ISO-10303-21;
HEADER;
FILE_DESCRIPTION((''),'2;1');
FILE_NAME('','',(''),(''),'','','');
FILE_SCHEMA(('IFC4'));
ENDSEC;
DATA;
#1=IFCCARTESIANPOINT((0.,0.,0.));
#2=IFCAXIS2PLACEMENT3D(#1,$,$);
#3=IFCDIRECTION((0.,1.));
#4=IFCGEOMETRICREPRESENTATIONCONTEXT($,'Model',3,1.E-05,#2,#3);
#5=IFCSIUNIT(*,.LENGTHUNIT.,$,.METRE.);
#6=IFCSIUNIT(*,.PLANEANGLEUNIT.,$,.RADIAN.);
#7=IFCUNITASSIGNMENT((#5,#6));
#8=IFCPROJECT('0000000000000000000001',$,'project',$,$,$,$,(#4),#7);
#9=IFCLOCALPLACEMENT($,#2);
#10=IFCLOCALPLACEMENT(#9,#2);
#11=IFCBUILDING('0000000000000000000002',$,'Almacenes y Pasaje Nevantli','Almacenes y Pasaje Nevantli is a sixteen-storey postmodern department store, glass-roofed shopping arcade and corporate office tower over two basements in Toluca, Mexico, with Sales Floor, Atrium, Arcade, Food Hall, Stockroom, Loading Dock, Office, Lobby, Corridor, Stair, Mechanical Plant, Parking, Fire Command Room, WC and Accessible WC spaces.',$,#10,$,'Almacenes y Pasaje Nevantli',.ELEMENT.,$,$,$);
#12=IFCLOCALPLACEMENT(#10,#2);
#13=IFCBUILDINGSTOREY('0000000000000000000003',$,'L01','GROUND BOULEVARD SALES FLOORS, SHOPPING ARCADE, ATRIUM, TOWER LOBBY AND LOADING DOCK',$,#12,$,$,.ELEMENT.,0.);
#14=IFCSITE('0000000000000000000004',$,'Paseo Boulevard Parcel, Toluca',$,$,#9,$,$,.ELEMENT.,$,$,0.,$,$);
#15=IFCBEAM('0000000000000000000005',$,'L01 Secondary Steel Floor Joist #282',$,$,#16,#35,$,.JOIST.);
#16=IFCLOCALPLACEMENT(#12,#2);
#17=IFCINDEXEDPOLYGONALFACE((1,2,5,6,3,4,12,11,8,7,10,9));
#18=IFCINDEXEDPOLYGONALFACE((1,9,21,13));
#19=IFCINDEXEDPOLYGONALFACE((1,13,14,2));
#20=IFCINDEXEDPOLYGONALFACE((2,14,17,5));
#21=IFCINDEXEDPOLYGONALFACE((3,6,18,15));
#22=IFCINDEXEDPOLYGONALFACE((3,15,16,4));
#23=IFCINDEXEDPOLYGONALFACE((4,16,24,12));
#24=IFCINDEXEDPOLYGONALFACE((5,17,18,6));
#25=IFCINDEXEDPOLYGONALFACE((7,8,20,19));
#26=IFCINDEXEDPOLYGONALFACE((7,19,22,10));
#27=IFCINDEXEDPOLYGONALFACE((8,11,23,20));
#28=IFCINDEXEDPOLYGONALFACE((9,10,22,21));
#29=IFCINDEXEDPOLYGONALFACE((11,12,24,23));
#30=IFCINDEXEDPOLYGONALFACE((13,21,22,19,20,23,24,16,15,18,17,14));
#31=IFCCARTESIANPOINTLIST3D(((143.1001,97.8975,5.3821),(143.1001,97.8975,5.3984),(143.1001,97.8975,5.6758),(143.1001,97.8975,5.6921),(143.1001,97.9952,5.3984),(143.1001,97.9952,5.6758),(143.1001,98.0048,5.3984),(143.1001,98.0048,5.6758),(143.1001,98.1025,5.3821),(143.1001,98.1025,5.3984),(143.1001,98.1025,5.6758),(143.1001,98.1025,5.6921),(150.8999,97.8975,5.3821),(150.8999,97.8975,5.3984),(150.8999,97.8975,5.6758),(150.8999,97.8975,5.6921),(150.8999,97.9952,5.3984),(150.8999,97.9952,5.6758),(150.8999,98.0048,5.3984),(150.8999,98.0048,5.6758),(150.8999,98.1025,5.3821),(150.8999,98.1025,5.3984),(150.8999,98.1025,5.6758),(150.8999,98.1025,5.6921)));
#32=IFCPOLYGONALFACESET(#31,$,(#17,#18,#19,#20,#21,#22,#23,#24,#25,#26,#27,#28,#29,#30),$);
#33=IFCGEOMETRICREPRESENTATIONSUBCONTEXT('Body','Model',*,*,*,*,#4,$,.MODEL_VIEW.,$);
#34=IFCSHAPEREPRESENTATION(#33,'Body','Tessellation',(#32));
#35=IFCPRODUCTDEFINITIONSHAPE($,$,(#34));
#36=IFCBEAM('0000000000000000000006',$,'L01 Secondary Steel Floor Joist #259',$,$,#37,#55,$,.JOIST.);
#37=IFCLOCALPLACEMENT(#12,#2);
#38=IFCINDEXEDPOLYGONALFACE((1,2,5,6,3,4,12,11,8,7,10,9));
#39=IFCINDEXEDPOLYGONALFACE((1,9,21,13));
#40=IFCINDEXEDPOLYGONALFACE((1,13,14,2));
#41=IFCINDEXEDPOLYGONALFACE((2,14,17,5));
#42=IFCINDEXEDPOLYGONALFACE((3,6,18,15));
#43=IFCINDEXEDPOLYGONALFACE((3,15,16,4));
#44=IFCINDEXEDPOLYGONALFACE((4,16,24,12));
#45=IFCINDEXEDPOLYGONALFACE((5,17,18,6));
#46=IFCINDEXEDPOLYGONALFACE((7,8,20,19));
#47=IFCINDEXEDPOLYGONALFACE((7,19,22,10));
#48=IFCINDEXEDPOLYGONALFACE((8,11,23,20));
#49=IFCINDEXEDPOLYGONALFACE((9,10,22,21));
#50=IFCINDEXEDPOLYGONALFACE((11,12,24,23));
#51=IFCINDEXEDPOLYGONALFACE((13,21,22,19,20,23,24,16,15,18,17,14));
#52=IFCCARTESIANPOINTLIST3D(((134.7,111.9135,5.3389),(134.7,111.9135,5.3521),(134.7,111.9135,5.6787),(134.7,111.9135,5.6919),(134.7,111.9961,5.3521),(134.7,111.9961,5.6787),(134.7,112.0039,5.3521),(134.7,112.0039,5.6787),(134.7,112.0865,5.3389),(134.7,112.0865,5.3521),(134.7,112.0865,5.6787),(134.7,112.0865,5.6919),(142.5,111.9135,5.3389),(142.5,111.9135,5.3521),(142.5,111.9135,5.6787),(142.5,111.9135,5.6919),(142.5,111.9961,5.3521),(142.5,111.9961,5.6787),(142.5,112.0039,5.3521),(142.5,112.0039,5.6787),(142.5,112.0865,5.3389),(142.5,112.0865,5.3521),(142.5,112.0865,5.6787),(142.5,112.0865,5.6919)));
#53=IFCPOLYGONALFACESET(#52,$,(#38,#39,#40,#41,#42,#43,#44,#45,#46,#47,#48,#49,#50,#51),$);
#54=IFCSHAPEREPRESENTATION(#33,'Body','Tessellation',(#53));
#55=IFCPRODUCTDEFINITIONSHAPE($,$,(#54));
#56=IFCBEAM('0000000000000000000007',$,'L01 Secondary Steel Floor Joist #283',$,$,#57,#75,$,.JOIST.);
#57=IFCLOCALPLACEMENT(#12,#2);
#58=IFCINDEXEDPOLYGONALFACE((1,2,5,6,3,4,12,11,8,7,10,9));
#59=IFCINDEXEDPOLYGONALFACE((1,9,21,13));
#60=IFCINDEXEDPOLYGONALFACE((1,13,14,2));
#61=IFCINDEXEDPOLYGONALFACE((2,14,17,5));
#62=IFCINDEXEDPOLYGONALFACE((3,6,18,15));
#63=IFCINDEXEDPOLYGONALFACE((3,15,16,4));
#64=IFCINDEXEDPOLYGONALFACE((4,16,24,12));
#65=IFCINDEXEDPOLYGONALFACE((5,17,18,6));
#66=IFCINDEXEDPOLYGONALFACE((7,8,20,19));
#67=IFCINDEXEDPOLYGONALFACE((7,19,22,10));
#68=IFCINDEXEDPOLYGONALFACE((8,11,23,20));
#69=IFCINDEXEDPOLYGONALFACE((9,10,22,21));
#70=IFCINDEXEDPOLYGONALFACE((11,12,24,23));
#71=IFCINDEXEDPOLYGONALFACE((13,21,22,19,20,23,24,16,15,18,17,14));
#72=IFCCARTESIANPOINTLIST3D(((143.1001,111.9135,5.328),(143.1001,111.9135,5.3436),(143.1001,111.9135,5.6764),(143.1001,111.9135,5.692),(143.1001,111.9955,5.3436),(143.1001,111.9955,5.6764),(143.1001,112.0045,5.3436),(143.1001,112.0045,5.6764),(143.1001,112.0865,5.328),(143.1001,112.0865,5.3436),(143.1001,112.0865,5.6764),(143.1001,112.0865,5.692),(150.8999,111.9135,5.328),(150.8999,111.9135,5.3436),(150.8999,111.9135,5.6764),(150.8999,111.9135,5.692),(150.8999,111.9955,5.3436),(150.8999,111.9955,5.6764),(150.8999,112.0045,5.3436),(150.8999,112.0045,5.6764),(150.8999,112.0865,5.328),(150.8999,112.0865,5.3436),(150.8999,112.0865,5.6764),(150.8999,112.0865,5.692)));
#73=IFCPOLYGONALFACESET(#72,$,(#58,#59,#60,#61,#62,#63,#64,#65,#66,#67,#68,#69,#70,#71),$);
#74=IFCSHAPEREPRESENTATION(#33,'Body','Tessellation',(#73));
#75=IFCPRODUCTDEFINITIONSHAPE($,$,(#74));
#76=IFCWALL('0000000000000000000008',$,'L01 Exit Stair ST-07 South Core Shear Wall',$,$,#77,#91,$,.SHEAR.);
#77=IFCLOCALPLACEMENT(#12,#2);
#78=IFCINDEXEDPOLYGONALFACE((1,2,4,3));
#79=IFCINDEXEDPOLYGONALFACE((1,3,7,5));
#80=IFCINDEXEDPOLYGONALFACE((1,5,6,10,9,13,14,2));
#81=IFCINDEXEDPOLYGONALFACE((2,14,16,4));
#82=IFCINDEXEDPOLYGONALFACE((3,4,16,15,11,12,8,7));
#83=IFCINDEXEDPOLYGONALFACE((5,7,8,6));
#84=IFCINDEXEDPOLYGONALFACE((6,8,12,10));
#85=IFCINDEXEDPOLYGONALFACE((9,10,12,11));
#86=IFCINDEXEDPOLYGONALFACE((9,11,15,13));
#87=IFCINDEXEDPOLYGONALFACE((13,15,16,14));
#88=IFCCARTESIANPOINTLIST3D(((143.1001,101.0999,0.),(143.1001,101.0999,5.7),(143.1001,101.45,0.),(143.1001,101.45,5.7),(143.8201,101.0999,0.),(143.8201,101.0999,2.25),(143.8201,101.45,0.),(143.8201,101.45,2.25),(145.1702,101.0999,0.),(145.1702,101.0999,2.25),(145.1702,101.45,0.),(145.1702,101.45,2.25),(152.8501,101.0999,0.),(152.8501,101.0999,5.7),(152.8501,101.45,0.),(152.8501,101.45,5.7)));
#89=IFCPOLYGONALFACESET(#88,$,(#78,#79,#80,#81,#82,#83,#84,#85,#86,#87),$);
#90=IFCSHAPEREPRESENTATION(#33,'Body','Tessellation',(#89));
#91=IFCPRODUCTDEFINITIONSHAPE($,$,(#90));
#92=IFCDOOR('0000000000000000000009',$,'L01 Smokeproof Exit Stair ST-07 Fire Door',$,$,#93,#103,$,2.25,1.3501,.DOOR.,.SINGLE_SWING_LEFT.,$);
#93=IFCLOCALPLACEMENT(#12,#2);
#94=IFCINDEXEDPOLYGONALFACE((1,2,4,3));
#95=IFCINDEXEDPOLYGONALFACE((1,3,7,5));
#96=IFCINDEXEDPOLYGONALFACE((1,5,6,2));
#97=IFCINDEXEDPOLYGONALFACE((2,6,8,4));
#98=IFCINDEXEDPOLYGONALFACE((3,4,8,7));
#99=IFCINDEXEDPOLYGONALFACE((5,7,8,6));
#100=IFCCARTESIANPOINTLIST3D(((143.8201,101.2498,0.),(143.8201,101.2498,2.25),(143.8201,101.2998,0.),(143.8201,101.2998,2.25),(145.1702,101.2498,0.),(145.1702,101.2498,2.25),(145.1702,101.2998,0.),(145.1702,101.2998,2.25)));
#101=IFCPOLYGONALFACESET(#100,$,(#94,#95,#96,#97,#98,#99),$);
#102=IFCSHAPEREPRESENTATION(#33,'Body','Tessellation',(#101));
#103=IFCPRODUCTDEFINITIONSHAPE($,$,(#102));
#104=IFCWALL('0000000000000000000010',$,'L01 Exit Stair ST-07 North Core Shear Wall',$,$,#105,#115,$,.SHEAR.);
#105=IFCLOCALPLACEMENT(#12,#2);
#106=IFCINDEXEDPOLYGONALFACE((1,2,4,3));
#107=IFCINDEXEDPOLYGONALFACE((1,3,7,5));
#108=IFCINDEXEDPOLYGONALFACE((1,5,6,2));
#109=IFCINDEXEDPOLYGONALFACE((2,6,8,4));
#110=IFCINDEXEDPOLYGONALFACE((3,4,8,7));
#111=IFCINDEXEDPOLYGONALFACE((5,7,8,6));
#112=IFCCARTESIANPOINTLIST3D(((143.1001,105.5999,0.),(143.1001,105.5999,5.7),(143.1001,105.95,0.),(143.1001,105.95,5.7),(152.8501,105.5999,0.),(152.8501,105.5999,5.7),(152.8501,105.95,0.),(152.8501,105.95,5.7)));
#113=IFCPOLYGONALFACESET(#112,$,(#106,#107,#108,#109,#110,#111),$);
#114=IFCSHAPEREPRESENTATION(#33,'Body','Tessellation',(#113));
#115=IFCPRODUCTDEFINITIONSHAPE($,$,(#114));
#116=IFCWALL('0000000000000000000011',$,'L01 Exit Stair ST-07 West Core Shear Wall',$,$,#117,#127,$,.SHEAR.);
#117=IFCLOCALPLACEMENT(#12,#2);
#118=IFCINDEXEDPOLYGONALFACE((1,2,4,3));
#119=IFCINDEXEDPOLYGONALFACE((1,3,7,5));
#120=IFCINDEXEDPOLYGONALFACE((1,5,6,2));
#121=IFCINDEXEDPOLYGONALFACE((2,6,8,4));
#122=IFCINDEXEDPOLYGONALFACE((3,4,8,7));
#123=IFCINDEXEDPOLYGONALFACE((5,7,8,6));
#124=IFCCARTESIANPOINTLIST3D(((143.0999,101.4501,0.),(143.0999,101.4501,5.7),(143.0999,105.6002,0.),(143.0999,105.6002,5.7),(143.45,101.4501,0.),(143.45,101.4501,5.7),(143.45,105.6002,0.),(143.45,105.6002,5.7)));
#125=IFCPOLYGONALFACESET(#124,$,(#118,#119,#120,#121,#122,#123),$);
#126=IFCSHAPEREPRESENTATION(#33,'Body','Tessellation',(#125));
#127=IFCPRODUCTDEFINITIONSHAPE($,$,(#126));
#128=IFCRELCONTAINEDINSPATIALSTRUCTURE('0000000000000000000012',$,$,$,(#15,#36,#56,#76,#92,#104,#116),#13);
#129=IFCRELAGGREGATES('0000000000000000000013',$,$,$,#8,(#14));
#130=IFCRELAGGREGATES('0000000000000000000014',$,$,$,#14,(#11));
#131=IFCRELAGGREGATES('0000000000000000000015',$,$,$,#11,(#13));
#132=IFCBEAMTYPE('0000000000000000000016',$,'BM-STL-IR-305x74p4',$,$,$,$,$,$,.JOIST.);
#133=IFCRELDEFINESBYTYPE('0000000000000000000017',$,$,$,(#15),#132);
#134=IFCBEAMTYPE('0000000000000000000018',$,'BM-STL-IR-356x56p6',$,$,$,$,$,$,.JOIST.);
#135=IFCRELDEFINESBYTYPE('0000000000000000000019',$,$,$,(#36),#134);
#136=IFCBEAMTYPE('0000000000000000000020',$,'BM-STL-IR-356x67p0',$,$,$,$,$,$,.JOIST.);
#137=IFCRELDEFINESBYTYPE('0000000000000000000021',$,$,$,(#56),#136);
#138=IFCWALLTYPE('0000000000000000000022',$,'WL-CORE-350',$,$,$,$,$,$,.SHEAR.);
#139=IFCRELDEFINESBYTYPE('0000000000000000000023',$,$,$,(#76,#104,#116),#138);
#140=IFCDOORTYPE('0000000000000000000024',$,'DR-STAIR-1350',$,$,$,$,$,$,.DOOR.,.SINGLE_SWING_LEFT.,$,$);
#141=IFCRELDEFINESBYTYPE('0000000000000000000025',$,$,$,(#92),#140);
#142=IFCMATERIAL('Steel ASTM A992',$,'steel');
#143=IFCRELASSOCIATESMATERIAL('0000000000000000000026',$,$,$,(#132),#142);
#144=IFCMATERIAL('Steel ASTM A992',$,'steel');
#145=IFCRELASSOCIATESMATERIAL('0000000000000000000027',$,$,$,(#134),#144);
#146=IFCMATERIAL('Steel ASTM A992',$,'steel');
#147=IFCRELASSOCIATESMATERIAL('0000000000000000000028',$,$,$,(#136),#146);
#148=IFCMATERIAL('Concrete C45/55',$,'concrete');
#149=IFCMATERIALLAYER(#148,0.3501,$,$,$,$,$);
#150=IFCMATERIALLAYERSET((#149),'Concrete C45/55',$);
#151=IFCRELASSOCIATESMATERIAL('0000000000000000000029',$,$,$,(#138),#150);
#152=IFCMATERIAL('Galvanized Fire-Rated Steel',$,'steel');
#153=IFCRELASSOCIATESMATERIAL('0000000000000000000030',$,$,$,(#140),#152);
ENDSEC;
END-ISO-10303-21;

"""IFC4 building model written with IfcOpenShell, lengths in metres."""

from ifc_helpers import new_model, si_unit, direction, frame, frame_2d, origin, origin_2d, place, context, subcontext, project, spatial, rectangle, i_section, extrude, material, layer, layer_set, material_profile, profile_set, type_object, element, fill, save


model = new_model("IFC4")

# Units and contexts
model_context = context("Model", 3, precision=1e-05, world=origin(), true_north=direction((0.0, 1.0)))
body_context = subcontext(model_context, "Body", "Model", "MODEL_VIEW")
ifc_project = project(units=[si_unit("LENGTHUNIT", "METRE"), si_unit("PLANEANGLEUNIT", "RADIAN")], contexts=[model_context])

# Site, building, storey
site_placement = place(None, origin())
site = spatial("IfcSite", under=ifc_project, at=site_placement, Name="Paseo Boulevard Parcel, Toluca", CompositionType="ELEMENT", RefElevation=0.0)
building_placement = place(site_placement, origin())
building = spatial("IfcBuilding", under=site, at=building_placement, Name="Almacenes y Pasaje Nevantli", Description="Almacenes y Pasaje Nevantli is a sixteen-storey postmodern department store, glass-roofed shopping arcade and corporate office tower over two basements in Toluca, Mexico, with Sales Floor, Atrium, Arcade, Food Hall, Stockroom, Loading Dock, Office, Lobby, Corridor, Stair, Mechanical Plant, Parking, Fire Command Room, WC and Accessible WC spaces.", LongName="Almacenes y Pasaje Nevantli", CompositionType="ELEMENT")
storey_placement = place(building_placement, origin())
storey = spatial("IfcBuildingStorey", under=building, at=storey_placement, Name="L01", Description="GROUND BOULEVARD SALES FLOORS, SHOPPING ARCADE, ATRIUM, TOWER LOBBY AND LOADING DOCK", CompositionType="ELEMENT", Elevation=0.0)

# Beams
ifc_material_1 = material(Name="Steel ASTM A992", Category="steel")
ifc_material_profile_1 = material_profile(ifc_material_1, i_section(OverallWidth=0.2051, OverallDepth=0.3101, WebThickness=0.0095, FlangeThickness=0.0164, at=origin_2d()), Name="IR 305x74.4")
ifc_profile_set_1 = profile_set([ifc_material_profile_1], Name="Steel ASTM A992")
beam_type_1 = type_object("IfcBeamType", Name="BM-STL-IR-305x74p4", PredefinedType="JOIST", material=ifc_profile_set_1)
for number, where, z_axis, x_axis, name in (
    (1, (143.1001, 98.0, 5.5371), (1.0, 0.0, 0.0), (0.0, 1.0, 0.0), "L01 Secondary Steel Floor Joist #282"),
):
    element("IfcBeam", number, at=place(storey_placement, frame(where, z_axis=z_axis, x_axis=x_axis)), inside=storey, type_object=beam_type_1, Name=name, PredefinedType="JOIST", context=body_context, shape_type="SweptSolid", body=[
        extrude(i_section(OverallWidth=0.2051, OverallDepth=0.3101, WebThickness=0.0095, FlangeThickness=0.0164, at=origin_2d()), origin(), (0.0, 0.0, 1.0), 7.7998),
    ])
ifc_material_2 = material(Name="Steel ASTM A992", Category="steel")
ifc_material_profile_2 = material_profile(ifc_material_2, i_section(OverallWidth=0.1731, OverallDepth=0.353, WebThickness=0.0078, FlangeThickness=0.0132, at=origin_2d()), Name="IR 356x56.6")
ifc_profile_set_2 = profile_set([ifc_material_profile_2], Name="Steel ASTM A992")
beam_type_2 = type_object("IfcBeamType", Name="BM-STL-IR-356x56p6", PredefinedType="JOIST", material=ifc_profile_set_2)
beam_1_placement = place(storey_placement, frame((134.7, 112.0, 5.5154), z_axis=(1.0, 0.0, 0.0), x_axis=(0.0, 1.0, 0.0)))
element("IfcBeam", 2, at=beam_1_placement, inside=storey, type_object=beam_type_2, Name="L01 Secondary Steel Floor Joist #259", PredefinedType="JOIST", context=body_context, shape_type="SweptSolid", body=[
    extrude(i_section(OverallWidth=0.1731, OverallDepth=0.353, WebThickness=0.0078, FlangeThickness=0.0132, at=origin_2d()), origin(), (0.0, 0.0, 1.0), 7.8),
])
ifc_material_3 = material(Name="Steel ASTM A992", Category="steel")
ifc_material_profile_3 = material_profile(ifc_material_3, i_section(OverallWidth=0.1731, OverallDepth=0.364, WebThickness=0.009, FlangeThickness=0.0156, at=origin_2d()), Name="IR 356x67.0")
ifc_profile_set_3 = profile_set([ifc_material_profile_3], Name="Steel ASTM A992")
beam_type_3 = type_object("IfcBeamType", Name="BM-STL-IR-356x67p0", PredefinedType="JOIST", material=ifc_profile_set_3)
beam_2_placement = place(storey_placement, frame((143.1001, 112.0, 5.51), z_axis=(1.0, 0.0, 0.0), x_axis=(0.0, 1.0, 0.0)))
element("IfcBeam", 3, at=beam_2_placement, inside=storey, type_object=beam_type_3, Name="L01 Secondary Steel Floor Joist #283", PredefinedType="JOIST", context=body_context, shape_type="SweptSolid", body=[
    extrude(i_section(OverallWidth=0.1731, OverallDepth=0.364, WebThickness=0.009, FlangeThickness=0.0156, at=origin_2d()), origin(), (0.0, 0.0, 1.0), 7.7998),
])

# Wall, opening, door
ifc_material_4 = material(Name="Concrete C45/55", Category="concrete")
ifc_layer = layer(ifc_material_4, 0.3501)
ifc_layer_set = layer_set([ifc_layer], Name="Concrete C45/55")
wall_type = type_object("IfcWallType", Name="WL-CORE-350", PredefinedType="SHEAR", material=ifc_layer_set)
wall_1_placement = place(storey_placement, frame((143.1001, 101.2749, 0.0), z_axis=(0.0, 0.0, 1.0), x_axis=(1.0, 0.0, 0.0)))
wall_1 = element("IfcWall", 4, at=wall_1_placement, inside=storey, type_object=wall_type, Name="L01 Exit Stair ST-07 South Core Shear Wall", PredefinedType="SHEAR", context=body_context, shape_type="SweptSolid", body=[
    extrude(rectangle(XDim=9.75, YDim=0.3501, at=frame_2d((4.875, 0.0))), origin(), (0.0, 0.0, 1.0), 5.7),
])
opening_placement = place(wall_1_placement, frame((0.72, 0.0, 0.0)))
opening = element("IfcOpeningElement", 5, at=opening_placement, cuts=wall_1, PredefinedType="OPENING", context=body_context, shape_type="SweptSolid", body=[
    extrude(rectangle(XDim=1.3501, YDim=2.25, at=frame_2d((0.675, 1.125))), frame((0.0, 0.1851, 0.0), z_axis=(0.0, -1.0, 0.0), x_axis=(1.0, 0.0, 0.0)), (0.0, 0.0, 1.0), 0.3701),
])
ifc_material_5 = material(Name="Galvanized Fire-Rated Steel", Category="steel")
door_type = type_object("IfcDoorType", Name="DR-STAIR-1350", OperationType="SINGLE_SWING_LEFT", PredefinedType="DOOR", material=ifc_material_5)
door_placement = place(opening_placement, origin())
door = element("IfcDoor", 6, at=door_placement, inside=storey, type_object=door_type, Name="L01 Smokeproof Exit Stair ST-07 Fire Door", OperationType="SINGLE_SWING_LEFT", OverallHeight=2.25, OverallWidth=1.3501, PredefinedType="DOOR", context=body_context, shape_type="SweptSolid", body=[
    extrude(rectangle(XDim=1.3501, YDim=2.25, at=frame_2d((0.675, 1.125))), frame((0.0, 0.0249, 0.0), z_axis=(0.0, -1.0, 0.0), x_axis=(1.0, 0.0, 0.0)), (0.0, 0.0, 1.0), 0.05),
])
fill(opening, door)

# Walls
wall_2_placement = place(storey_placement, frame((143.1001, 105.7749, 0.0), z_axis=(0.0, 0.0, 1.0), x_axis=(1.0, 0.0, 0.0)))
element("IfcWall", 7, at=wall_2_placement, inside=storey, type_object=wall_type, Name="L01 Exit Stair ST-07 North Core Shear Wall", PredefinedType="SHEAR", context=body_context, shape_type="SweptSolid", body=[
    extrude(rectangle(XDim=9.75, YDim=0.3501, at=frame_2d((4.875, 0.0))), origin(), (0.0, 0.0, 1.0), 5.7),
])
wall_3_placement = place(storey_placement, frame((143.2749, 101.45, 0.0), z_axis=(0.0, 0.0, 1.0), x_axis=(0.0, 1.0, 0.0)))
element("IfcWall", 8, at=wall_3_placement, inside=storey, type_object=wall_type, Name="L01 Exit Stair ST-07 West Core Shear Wall", PredefinedType="SHEAR", context=body_context, shape_type="SweptSolid", body=[
    extrude(rectangle(XDim=4.1501, YDim=0.3501, at=frame_2d((2.0752, 0.0))), origin(), (0.0, 0.0, 1.0), 5.7),
])

save(model, "model.ifc")
